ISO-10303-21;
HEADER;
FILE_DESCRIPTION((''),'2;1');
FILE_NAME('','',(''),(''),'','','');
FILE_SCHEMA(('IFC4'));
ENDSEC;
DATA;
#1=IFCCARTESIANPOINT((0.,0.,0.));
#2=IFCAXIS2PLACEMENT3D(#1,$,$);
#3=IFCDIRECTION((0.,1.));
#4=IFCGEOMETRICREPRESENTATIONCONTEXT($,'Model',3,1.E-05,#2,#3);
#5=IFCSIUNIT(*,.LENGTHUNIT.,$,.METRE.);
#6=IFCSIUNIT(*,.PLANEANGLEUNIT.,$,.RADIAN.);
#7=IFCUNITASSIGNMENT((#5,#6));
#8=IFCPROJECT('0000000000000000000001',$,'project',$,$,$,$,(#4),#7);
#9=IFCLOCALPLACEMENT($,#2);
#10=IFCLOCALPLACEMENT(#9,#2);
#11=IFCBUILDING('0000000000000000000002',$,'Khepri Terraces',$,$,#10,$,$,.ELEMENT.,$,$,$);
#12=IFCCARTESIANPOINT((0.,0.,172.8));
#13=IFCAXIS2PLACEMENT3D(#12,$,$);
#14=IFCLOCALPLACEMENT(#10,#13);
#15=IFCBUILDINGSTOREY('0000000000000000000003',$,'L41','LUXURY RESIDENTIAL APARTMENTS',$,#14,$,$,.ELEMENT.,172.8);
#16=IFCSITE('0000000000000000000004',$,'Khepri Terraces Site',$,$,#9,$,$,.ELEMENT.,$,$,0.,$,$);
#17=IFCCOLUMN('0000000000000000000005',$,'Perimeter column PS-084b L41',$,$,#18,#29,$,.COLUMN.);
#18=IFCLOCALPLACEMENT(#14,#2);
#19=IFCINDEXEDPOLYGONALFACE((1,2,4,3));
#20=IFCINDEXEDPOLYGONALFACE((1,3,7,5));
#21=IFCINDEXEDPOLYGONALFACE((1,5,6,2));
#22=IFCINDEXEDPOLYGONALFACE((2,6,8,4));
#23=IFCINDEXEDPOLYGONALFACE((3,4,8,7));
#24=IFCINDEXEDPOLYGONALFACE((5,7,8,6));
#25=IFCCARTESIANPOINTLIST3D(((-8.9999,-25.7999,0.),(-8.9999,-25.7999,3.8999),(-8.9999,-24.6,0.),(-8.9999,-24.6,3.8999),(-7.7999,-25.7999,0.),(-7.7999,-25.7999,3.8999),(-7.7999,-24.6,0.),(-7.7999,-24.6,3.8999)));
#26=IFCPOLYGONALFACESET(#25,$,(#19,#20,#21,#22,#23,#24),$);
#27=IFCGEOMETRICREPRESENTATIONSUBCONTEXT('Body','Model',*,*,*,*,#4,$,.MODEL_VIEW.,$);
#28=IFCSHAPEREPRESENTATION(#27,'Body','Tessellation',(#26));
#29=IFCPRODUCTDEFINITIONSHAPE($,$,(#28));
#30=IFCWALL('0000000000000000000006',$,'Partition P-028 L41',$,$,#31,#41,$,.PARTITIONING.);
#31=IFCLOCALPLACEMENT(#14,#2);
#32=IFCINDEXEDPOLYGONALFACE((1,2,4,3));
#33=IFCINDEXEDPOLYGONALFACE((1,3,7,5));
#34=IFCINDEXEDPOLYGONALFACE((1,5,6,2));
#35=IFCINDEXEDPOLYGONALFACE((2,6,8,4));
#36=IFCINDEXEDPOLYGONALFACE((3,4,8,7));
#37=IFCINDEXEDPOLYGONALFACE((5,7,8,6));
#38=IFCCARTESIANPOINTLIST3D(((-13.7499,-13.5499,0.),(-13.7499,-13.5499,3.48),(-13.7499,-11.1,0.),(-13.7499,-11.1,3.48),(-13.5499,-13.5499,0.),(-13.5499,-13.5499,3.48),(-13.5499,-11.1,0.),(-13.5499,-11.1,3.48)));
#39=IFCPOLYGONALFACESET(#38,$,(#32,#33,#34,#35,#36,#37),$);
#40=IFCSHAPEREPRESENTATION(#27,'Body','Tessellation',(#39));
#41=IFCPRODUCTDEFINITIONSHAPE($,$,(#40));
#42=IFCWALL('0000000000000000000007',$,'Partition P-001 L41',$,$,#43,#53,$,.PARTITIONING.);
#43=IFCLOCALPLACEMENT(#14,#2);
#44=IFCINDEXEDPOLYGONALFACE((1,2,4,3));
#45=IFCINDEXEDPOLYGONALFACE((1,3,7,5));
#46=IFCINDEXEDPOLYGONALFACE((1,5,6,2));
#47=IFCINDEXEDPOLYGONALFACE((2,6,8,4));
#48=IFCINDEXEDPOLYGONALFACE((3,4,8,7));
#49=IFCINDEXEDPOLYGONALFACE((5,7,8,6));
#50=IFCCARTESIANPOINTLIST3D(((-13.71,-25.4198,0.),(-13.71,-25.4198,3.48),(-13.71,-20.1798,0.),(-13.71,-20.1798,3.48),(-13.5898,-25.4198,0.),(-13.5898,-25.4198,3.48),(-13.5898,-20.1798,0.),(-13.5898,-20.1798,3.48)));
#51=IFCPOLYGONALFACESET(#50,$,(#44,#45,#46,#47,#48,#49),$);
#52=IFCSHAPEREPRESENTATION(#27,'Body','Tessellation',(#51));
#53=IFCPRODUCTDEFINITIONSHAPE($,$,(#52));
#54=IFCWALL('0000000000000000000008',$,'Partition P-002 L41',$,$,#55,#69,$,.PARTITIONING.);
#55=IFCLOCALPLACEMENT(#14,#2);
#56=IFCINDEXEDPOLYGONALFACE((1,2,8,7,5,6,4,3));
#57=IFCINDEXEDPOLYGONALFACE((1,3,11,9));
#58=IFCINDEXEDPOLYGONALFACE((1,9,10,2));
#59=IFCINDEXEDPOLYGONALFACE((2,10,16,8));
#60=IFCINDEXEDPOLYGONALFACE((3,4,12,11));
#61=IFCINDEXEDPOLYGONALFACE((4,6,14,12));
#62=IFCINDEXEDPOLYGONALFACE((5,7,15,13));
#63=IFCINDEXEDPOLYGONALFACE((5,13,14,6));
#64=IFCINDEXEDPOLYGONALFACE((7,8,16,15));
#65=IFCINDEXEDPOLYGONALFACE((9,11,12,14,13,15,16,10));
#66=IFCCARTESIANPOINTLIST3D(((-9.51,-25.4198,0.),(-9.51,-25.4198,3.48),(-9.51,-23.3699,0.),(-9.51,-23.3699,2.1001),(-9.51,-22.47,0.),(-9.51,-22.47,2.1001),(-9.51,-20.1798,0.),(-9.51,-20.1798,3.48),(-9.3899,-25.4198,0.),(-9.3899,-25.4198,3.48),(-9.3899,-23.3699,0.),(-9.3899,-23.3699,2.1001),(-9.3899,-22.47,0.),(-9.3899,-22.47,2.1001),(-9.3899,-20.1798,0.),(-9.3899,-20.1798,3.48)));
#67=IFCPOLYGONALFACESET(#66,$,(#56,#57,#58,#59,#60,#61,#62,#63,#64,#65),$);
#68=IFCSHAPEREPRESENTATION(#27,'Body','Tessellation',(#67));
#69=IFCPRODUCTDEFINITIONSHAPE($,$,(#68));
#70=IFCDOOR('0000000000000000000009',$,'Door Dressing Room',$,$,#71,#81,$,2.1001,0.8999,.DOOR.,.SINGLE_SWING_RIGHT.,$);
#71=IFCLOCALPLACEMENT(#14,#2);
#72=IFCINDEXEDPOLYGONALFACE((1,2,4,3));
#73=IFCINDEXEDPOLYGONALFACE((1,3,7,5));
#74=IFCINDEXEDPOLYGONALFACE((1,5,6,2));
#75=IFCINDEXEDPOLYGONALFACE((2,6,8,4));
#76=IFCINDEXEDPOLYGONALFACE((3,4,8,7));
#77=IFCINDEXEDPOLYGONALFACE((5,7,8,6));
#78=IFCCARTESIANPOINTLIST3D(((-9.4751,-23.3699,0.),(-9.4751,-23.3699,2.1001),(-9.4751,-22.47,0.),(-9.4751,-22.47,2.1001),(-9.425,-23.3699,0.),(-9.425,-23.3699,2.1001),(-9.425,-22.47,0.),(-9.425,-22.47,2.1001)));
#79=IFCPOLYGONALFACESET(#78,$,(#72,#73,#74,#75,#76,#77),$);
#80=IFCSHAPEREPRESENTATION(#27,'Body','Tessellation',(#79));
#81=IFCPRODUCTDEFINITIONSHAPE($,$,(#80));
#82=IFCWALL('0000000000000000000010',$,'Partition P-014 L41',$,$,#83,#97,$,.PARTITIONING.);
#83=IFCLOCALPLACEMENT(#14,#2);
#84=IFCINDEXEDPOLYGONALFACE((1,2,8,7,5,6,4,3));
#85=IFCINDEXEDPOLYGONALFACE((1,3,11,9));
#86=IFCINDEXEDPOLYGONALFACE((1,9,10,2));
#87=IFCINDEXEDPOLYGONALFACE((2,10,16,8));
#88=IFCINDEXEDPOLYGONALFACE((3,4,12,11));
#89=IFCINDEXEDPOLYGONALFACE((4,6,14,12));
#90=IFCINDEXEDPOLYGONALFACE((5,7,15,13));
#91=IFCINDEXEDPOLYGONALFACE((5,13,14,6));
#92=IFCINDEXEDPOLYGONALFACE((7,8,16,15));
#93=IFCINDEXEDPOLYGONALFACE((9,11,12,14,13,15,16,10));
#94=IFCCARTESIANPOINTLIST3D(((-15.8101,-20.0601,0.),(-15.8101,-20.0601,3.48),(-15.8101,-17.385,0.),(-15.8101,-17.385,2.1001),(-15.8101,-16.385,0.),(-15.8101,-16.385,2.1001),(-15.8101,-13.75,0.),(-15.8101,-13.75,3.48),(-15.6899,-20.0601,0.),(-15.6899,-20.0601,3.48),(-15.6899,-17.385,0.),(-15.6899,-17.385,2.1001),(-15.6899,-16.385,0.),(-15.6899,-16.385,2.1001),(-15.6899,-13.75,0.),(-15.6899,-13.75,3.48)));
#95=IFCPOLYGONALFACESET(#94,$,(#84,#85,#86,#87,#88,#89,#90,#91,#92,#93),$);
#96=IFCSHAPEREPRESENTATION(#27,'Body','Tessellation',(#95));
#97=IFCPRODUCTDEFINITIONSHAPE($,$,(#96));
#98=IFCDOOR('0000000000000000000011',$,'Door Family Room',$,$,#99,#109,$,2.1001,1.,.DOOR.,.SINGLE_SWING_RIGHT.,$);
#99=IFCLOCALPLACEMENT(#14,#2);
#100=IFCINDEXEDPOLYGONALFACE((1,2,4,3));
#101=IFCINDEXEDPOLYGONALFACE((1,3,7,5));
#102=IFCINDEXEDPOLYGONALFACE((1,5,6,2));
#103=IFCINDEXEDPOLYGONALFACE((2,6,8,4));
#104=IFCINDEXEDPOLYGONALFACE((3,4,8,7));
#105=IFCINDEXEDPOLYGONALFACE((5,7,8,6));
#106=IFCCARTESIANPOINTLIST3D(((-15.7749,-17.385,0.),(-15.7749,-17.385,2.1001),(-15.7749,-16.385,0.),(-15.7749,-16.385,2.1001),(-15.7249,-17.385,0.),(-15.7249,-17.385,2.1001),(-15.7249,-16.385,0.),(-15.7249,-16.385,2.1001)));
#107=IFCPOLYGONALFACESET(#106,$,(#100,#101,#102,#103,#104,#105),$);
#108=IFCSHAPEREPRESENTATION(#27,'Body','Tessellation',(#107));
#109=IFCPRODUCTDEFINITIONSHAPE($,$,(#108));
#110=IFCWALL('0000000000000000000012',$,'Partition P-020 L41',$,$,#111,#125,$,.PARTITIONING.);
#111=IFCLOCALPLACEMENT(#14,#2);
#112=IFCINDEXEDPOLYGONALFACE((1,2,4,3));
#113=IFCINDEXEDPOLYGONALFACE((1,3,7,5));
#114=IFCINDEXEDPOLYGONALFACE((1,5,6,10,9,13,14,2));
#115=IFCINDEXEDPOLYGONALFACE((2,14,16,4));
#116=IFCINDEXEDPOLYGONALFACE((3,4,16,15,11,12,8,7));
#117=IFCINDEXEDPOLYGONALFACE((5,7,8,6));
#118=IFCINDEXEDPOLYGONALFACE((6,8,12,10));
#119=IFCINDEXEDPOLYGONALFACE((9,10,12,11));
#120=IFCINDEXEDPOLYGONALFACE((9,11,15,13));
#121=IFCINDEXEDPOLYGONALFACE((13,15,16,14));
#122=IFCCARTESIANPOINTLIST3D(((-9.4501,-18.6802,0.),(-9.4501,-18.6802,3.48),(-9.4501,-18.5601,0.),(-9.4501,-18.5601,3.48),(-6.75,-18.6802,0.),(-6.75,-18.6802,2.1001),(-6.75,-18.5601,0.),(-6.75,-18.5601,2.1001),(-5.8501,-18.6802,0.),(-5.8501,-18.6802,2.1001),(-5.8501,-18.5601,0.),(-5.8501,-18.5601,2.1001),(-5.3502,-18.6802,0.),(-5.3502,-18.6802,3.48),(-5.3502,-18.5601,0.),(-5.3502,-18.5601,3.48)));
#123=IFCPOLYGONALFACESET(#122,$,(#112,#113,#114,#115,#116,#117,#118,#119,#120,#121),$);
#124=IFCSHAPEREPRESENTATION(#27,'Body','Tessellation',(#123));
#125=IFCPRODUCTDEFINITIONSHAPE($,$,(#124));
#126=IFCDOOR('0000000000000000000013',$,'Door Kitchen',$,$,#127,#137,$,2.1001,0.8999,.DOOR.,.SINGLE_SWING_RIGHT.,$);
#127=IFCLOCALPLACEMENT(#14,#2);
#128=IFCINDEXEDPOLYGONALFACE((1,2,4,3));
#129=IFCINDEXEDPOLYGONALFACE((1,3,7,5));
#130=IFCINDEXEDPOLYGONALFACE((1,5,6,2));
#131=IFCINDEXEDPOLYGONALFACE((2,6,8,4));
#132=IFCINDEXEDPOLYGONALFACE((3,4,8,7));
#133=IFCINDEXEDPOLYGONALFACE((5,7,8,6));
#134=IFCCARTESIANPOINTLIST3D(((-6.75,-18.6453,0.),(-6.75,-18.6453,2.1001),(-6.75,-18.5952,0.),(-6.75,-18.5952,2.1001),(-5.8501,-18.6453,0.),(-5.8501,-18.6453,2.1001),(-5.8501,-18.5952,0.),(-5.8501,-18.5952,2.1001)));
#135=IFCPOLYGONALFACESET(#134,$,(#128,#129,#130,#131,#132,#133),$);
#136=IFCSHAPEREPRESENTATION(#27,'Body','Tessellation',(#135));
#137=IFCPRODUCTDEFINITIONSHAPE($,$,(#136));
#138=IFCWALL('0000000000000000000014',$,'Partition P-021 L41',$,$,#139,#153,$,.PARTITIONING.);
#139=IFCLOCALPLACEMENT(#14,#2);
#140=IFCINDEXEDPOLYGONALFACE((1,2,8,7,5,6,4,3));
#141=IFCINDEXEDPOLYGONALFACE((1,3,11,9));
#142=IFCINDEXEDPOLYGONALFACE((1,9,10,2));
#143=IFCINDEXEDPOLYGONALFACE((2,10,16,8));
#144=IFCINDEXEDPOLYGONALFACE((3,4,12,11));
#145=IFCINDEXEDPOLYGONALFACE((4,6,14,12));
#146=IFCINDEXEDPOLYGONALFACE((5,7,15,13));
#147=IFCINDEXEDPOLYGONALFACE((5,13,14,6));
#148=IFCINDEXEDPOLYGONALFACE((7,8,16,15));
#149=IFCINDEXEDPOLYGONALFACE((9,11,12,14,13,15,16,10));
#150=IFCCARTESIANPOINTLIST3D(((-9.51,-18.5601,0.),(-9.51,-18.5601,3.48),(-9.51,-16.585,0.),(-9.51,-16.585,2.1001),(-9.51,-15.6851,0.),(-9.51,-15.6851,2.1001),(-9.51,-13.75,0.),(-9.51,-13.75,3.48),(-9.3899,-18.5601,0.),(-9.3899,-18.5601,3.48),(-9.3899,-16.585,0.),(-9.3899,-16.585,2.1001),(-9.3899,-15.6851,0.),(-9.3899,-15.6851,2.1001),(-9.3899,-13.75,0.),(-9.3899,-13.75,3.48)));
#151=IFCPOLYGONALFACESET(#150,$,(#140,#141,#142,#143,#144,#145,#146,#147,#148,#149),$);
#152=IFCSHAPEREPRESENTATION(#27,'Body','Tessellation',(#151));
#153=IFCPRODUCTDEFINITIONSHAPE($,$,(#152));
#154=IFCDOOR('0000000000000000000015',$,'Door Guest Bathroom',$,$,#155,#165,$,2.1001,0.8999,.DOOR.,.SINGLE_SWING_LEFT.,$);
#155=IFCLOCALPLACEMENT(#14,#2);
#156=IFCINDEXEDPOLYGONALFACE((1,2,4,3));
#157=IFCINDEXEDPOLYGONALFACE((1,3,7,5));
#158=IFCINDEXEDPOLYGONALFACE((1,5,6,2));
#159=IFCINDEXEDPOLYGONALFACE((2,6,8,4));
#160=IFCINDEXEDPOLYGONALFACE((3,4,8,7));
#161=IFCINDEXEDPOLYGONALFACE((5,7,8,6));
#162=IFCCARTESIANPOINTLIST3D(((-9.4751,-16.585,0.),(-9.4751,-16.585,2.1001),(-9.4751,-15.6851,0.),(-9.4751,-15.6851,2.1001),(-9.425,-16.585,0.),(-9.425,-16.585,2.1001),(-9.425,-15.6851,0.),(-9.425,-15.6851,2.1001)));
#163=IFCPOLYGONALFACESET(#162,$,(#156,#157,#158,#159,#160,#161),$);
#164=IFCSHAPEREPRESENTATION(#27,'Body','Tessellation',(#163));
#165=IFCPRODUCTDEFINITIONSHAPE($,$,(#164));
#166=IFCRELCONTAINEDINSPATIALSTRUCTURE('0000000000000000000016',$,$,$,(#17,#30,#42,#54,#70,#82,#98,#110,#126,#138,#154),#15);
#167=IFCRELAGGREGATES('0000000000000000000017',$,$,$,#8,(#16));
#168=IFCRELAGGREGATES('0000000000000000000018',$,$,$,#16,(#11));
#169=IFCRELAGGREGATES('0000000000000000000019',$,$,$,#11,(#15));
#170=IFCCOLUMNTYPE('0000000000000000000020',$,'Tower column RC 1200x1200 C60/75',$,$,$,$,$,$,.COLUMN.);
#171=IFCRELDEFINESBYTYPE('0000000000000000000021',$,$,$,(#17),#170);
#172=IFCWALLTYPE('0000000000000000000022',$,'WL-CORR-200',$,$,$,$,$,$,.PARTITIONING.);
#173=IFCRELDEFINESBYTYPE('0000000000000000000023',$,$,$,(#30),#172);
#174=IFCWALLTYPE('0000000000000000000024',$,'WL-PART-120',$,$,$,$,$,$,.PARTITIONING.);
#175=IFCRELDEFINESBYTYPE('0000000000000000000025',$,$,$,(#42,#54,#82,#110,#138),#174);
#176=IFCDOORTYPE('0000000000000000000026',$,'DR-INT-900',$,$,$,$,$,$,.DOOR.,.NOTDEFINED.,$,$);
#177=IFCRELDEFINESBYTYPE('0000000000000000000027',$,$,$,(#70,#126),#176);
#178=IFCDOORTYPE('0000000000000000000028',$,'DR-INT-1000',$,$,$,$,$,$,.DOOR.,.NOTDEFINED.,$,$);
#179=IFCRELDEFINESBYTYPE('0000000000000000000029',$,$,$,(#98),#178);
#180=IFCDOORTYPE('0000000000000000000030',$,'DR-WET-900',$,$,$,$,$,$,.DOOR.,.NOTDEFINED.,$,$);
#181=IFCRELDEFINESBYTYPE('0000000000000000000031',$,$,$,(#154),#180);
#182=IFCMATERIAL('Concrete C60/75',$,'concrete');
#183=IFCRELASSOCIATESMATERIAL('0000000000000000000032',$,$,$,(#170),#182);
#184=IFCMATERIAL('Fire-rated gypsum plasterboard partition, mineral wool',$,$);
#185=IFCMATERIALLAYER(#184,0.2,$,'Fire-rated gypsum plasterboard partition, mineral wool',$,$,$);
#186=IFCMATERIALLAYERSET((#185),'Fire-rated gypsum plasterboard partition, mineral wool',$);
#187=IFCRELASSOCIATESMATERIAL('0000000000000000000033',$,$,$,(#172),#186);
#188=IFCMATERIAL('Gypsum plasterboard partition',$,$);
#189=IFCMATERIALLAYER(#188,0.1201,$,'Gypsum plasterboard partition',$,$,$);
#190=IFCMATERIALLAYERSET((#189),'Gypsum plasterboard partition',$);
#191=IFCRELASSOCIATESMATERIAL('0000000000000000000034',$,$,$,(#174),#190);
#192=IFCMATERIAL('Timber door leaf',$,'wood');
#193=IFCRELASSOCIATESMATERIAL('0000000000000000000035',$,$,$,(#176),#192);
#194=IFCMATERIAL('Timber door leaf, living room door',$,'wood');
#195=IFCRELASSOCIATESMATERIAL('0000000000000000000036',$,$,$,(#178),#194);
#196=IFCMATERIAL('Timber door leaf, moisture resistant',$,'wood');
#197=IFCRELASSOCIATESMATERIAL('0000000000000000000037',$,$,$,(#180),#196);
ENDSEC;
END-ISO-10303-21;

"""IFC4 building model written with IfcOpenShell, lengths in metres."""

from ifc_helpers import new_model, si_unit, direction, frame, frame_2d, origin, origin_2d, place, context, subcontext, project, spatial, rectangle, extrude, material, layer, layer_set, material_profile, profile_set, type_object, element, fill, save


model = new_model("IFC4")

# Units and contexts
model_context = context("Model", 3, precision=1e-05, world=origin(), true_north=direction((0.0, 1.0)))
body_context = subcontext(model_context, "Body", "Model", "MODEL_VIEW")
ifc_project = project(units=[si_unit("LENGTHUNIT", "METRE"), si_unit("PLANEANGLEUNIT", "RADIAN")], contexts=[model_context])

# Site, building, storey
site_placement = place(None, origin())
site = spatial("IfcSite", under=ifc_project, at=site_placement, Name="Khepri Terraces Site", CompositionType="ELEMENT", RefElevation=0.0)
building_placement = place(site_placement, origin())
building = spatial("IfcBuilding", under=site, at=building_placement, Name="Khepri Terraces", CompositionType="ELEMENT")
storey_placement = place(building_placement, frame((0.0, 0.0, 172.8)))
storey = spatial("IfcBuildingStorey", under=building, at=storey_placement, Name="L41", Description="LUXURY RESIDENTIAL APARTMENTS", CompositionType="ELEMENT", Elevation=172.8)

# Column
ifc_material_1 = material(Name="Concrete C60/75", Category="concrete")
ifc_material_profile = material_profile(ifc_material_1, rectangle(XDim=1.2, YDim=1.2, at=origin_2d()), Name="Concrete C60/75", Category="concrete")
ifc_profile_set = profile_set([ifc_material_profile], Name="Concrete C60/75")
column_type = type_object("IfcColumnType", Name="Tower column RC 1200x1200 C60/75", PredefinedType="COLUMN", material=ifc_profile_set)
column_placement = place(storey_placement, frame((-8.3999, -25.2, 0.0), z_axis=(0.0, 0.0, 1.0), x_axis=(1.0, 0.0, 0.0)))
element("IfcColumn", 1, at=column_placement, inside=storey, type_object=column_type, Name="Perimeter column PS-084b L41", PredefinedType="COLUMN", context=body_context, shape_type="SweptSolid", body=[
    extrude(rectangle(XDim=1.2, YDim=1.2, at=origin_2d()), origin(), (0.0, 0.0, 1.0), 3.8999),
])

# Wall
ifc_material_2 = material(Name="Fire-rated gypsum plasterboard partition, mineral wool")
ifc_layer_1 = layer(ifc_material_2, 0.2, Name="Fire-rated gypsum plasterboard partition, mineral wool")
ifc_layer_set_1 = layer_set([ifc_layer_1], Name="Fire-rated gypsum plasterboard partition, mineral wool")
wall_type_1 = type_object("IfcWallType", Name="WL-CORR-200", PredefinedType="PARTITIONING", material=ifc_layer_set_1)
wall_1_placement = place(storey_placement, frame((-13.6499, -13.55, 0.0), z_axis=(0.0, 0.0, 1.0), x_axis=(0.0, 1.0, 0.0)))
element("IfcWall", 2, at=wall_1_placement, inside=storey, type_object=wall_type_1, Name="Partition P-028 L41", PredefinedType="PARTITIONING", context=body_context, shape_type="SweptSolid", body=[
    extrude(rectangle(XDim=2.45, YDim=0.2, at=frame_2d((1.2251, 0.0))), origin(), (0.0, 0.0, 1.0), 3.48),
])

# Wall
ifc_material_3 = material(Name="Gypsum plasterboard partition")
ifc_layer_2 = layer(ifc_material_3, 0.1201, Name="Gypsum plasterboard partition")
ifc_layer_set_2 = layer_set([ifc_layer_2], Name="Gypsum plasterboard partition")
wall_type_2 = type_object("IfcWallType", Name="WL-PART-120", PredefinedType="PARTITIONING", material=ifc_layer_set_2)
wall_2_placement = place(storey_placement, frame((-13.6499, -25.4199, 0.0), z_axis=(0.0, 0.0, 1.0), x_axis=(0.0, 1.0, 0.0)))
element("IfcWall", 3, at=wall_2_placement, inside=storey, type_object=wall_type_2, Name="Partition P-001 L41", PredefinedType="PARTITIONING", context=body_context, shape_type="SweptSolid", body=[
    extrude(rectangle(XDim=5.24, YDim=0.1201, at=frame_2d((2.6201, 0.0))), origin(), (0.0, 0.0, 1.0), 3.48),
])

# Walls, openings, doors
wall_3_placement = place(storey_placement, frame((-9.45, -25.4199, 0.0), z_axis=(0.0, 0.0, 1.0), x_axis=(0.0, 1.0, 0.0)))
wall_3 = element("IfcWall", 4, at=wall_3_placement, inside=storey, type_object=wall_type_2, Name="Partition P-002 L41", PredefinedType="PARTITIONING", context=body_context, shape_type="SweptSolid", body=[
    extrude(rectangle(XDim=5.24, YDim=0.1201, at=frame_2d((2.6201, 0.0))), origin(), (0.0, 0.0, 1.0), 3.48),
])
opening_1_placement = place(wall_3_placement, frame((2.05, 0.0, 0.0)))
opening_1 = element("IfcOpeningElement", 5, at=opening_1_placement, cuts=wall_3, PredefinedType="OPENING", context=body_context, shape_type="SweptSolid", body=[
    extrude(rectangle(XDim=0.8999, YDim=2.1001, at=frame_2d((0.45, 1.05))), frame((0.0, 0.0701, 0.0), z_axis=(0.0, -1.0, 0.0), x_axis=(1.0, 0.0, 0.0)), (0.0, 0.0, 1.0), 0.1401),
])
ifc_material_4 = material(Name="Timber door leaf", Category="wood")
door_type_1 = type_object("IfcDoorType", Name="DR-INT-900", OperationType="NOTDEFINED", PredefinedType="DOOR", material=ifc_material_4)
door_1_placement = place(opening_1_placement, frame((0.8999, 0.0, 0.0), z_axis=(0.0, 0.0, 1.0), x_axis=(-1.0, 0.0, 0.0)))
door_1 = element("IfcDoor", 6, at=door_1_placement, inside=storey, type_object=door_type_1, Name="Door Dressing Room", OperationType="SINGLE_SWING_RIGHT", OverallHeight=2.1001, OverallWidth=0.8999, PredefinedType="DOOR", context=body_context, shape_type="SweptSolid", body=[
    extrude(rectangle(XDim=0.8999, YDim=2.1001, at=frame_2d((0.45, 1.05))), frame((0.0, 0.0249, 0.0), z_axis=(0.0, -1.0, 0.0), x_axis=(1.0, 0.0, 0.0)), (0.0, 0.0, 1.0), 0.05),
])
fill(opening_1, door_1)
wall_4_placement = place(storey_placement, frame((-15.75, -20.0601, 0.0), z_axis=(0.0, 0.0, 1.0), x_axis=(0.0, 1.0, 0.0)))
wall_4 = element("IfcWall", 7, at=wall_4_placement, inside=storey, type_object=wall_type_2, Name="Partition P-014 L41", PredefinedType="PARTITIONING", context=body_context, shape_type="SweptSolid", body=[
    extrude(rectangle(XDim=6.3101, YDim=0.1201, at=frame_2d((3.155, 0.0))), origin(), (0.0, 0.0, 1.0), 3.48),
])
opening_2_placement = place(wall_4_placement, frame((2.675, 0.0, 0.0)))
opening_2 = element("IfcOpeningElement", 8, at=opening_2_placement, cuts=wall_4, PredefinedType="OPENING", context=body_context, shape_type="SweptSolid", body=[
    extrude(rectangle(XDim=1.0, YDim=2.1001, at=frame_2d((0.5, 1.05))), frame((0.0, 0.0701, 0.0), z_axis=(0.0, -1.0, 0.0), x_axis=(1.0, 0.0, 0.0)), (0.0, 0.0, 1.0), 0.1401),
])
ifc_material_5 = material(Name="Timber door leaf, living room door", Category="wood")
door_type_2 = type_object("IfcDoorType", Name="DR-INT-1000", OperationType="NOTDEFINED", PredefinedType="DOOR", material=ifc_material_5)
door_2_placement = place(opening_2_placement, origin())
door_2 = element("IfcDoor", 9, at=door_2_placement, inside=storey, type_object=door_type_2, Name="Door Family Room", OperationType="SINGLE_SWING_RIGHT", OverallHeight=2.1001, OverallWidth=1.0, PredefinedType="DOOR", context=body_context, shape_type="SweptSolid", body=[
    extrude(rectangle(XDim=1.0, YDim=2.1001, at=frame_2d((0.5, 1.05))), frame((0.0, 0.0249, 0.0), z_axis=(0.0, -1.0, 0.0), x_axis=(1.0, 0.0, 0.0)), (0.0, 0.0, 1.0), 0.05),
])
fill(opening_2, door_2)
wall_5_placement = place(storey_placement, frame((-9.45, -18.6201, 0.0), z_axis=(0.0, 0.0, 1.0), x_axis=(1.0, 0.0, 0.0)))
wall_5 = element("IfcWall", 10, at=wall_5_placement, inside=storey, type_object=wall_type_2, Name="Partition P-020 L41", PredefinedType="PARTITIONING", context=body_context, shape_type="SweptSolid", body=[
    extrude(rectangle(XDim=4.0999, YDim=0.1201, at=frame_2d((2.0498, 0.0))), origin(), (0.0, 0.0, 1.0), 3.48),
])
opening_3_placement = place(wall_5_placement, frame((2.7, 0.0, 0.0)))
opening_3 = element("IfcOpeningElement", 11, at=opening_3_placement, cuts=wall_5, PredefinedType="OPENING", context=body_context, shape_type="SweptSolid", body=[
    extrude(rectangle(XDim=0.8999, YDim=2.1001, at=frame_2d((0.45, 1.05))), frame((0.0, 0.0701, 0.0), z_axis=(0.0, -1.0, 0.0), x_axis=(1.0, 0.0, 0.0)), (0.0, 0.0, 1.0), 0.1401),
])
door_3_placement = place(opening_3_placement, origin())
door_3 = element("IfcDoor", 12, at=door_3_placement, inside=storey, type_object=door_type_1, Name="Door Kitchen", OperationType="SINGLE_SWING_RIGHT", OverallHeight=2.1001, OverallWidth=0.8999, PredefinedType="DOOR", context=body_context, shape_type="SweptSolid", body=[
    extrude(rectangle(XDim=0.8999, YDim=2.1001, at=frame_2d((0.45, 1.05))), frame((0.0, 0.0249, 0.0), z_axis=(0.0, -1.0, 0.0), x_axis=(1.0, 0.0, 0.0)), (0.0, 0.0, 1.0), 0.05),
])
fill(opening_3, door_3)
wall_6_placement = place(storey_placement, frame((-9.45, -18.5601, 0.0), z_axis=(0.0, 0.0, 1.0), x_axis=(0.0, 1.0, 0.0)))
wall_6 = element("IfcWall", 13, at=wall_6_placement, inside=storey, type_object=wall_type_2, Name="Partition P-021 L41", PredefinedType="PARTITIONING", context=body_context, shape_type="SweptSolid", body=[
    extrude(rectangle(XDim=4.8101, YDim=0.1201, at=frame_2d((2.405, 0.0))), origin(), (0.0, 0.0, 1.0), 3.48),
])
opening_4_placement = place(wall_6_placement, frame((1.9751, 0.0, 0.0)))
opening_4 = element("IfcOpeningElement", 14, at=opening_4_placement, cuts=wall_6, PredefinedType="OPENING", context=body_context, shape_type="SweptSolid", body=[
    extrude(rectangle(XDim=0.8999, YDim=2.1001, at=frame_2d((0.45, 1.05))), frame((0.0, 0.0701, 0.0), z_axis=(0.0, -1.0, 0.0), x_axis=(1.0, 0.0, 0.0)), (0.0, 0.0, 1.0), 0.1401),
])
ifc_material_6 = material(Name="Timber door leaf, moisture resistant", Category="wood")
door_type_3 = type_object("IfcDoorType", Name="DR-WET-900", OperationType="NOTDEFINED", PredefinedType="DOOR", material=ifc_material_6)
door_4_placement = place(opening_4_placement, frame((0.8999, 0.0, 0.0), z_axis=(0.0, 0.0, 1.0), x_axis=(-1.0, 0.0, 0.0)))
door_4 = element("IfcDoor", 15, at=door_4_placement, inside=storey, type_object=door_type_3, Name="Door Guest Bathroom", OperationType="SINGLE_SWING_LEFT", OverallHeight=2.1001, OverallWidth=0.8999, PredefinedType="DOOR", context=body_context, shape_type="SweptSolid", body=[
    extrude(rectangle(XDim=0.8999, YDim=2.1001, at=frame_2d((0.45, 1.05))), frame((0.0, 0.0249, 0.0), z_axis=(0.0, -1.0, 0.0), x_axis=(1.0, 0.0, 0.0)), (0.0, 0.0, 1.0), 0.05),
])
fill(opening_4, door_4)

save(model, "model.ifc")
